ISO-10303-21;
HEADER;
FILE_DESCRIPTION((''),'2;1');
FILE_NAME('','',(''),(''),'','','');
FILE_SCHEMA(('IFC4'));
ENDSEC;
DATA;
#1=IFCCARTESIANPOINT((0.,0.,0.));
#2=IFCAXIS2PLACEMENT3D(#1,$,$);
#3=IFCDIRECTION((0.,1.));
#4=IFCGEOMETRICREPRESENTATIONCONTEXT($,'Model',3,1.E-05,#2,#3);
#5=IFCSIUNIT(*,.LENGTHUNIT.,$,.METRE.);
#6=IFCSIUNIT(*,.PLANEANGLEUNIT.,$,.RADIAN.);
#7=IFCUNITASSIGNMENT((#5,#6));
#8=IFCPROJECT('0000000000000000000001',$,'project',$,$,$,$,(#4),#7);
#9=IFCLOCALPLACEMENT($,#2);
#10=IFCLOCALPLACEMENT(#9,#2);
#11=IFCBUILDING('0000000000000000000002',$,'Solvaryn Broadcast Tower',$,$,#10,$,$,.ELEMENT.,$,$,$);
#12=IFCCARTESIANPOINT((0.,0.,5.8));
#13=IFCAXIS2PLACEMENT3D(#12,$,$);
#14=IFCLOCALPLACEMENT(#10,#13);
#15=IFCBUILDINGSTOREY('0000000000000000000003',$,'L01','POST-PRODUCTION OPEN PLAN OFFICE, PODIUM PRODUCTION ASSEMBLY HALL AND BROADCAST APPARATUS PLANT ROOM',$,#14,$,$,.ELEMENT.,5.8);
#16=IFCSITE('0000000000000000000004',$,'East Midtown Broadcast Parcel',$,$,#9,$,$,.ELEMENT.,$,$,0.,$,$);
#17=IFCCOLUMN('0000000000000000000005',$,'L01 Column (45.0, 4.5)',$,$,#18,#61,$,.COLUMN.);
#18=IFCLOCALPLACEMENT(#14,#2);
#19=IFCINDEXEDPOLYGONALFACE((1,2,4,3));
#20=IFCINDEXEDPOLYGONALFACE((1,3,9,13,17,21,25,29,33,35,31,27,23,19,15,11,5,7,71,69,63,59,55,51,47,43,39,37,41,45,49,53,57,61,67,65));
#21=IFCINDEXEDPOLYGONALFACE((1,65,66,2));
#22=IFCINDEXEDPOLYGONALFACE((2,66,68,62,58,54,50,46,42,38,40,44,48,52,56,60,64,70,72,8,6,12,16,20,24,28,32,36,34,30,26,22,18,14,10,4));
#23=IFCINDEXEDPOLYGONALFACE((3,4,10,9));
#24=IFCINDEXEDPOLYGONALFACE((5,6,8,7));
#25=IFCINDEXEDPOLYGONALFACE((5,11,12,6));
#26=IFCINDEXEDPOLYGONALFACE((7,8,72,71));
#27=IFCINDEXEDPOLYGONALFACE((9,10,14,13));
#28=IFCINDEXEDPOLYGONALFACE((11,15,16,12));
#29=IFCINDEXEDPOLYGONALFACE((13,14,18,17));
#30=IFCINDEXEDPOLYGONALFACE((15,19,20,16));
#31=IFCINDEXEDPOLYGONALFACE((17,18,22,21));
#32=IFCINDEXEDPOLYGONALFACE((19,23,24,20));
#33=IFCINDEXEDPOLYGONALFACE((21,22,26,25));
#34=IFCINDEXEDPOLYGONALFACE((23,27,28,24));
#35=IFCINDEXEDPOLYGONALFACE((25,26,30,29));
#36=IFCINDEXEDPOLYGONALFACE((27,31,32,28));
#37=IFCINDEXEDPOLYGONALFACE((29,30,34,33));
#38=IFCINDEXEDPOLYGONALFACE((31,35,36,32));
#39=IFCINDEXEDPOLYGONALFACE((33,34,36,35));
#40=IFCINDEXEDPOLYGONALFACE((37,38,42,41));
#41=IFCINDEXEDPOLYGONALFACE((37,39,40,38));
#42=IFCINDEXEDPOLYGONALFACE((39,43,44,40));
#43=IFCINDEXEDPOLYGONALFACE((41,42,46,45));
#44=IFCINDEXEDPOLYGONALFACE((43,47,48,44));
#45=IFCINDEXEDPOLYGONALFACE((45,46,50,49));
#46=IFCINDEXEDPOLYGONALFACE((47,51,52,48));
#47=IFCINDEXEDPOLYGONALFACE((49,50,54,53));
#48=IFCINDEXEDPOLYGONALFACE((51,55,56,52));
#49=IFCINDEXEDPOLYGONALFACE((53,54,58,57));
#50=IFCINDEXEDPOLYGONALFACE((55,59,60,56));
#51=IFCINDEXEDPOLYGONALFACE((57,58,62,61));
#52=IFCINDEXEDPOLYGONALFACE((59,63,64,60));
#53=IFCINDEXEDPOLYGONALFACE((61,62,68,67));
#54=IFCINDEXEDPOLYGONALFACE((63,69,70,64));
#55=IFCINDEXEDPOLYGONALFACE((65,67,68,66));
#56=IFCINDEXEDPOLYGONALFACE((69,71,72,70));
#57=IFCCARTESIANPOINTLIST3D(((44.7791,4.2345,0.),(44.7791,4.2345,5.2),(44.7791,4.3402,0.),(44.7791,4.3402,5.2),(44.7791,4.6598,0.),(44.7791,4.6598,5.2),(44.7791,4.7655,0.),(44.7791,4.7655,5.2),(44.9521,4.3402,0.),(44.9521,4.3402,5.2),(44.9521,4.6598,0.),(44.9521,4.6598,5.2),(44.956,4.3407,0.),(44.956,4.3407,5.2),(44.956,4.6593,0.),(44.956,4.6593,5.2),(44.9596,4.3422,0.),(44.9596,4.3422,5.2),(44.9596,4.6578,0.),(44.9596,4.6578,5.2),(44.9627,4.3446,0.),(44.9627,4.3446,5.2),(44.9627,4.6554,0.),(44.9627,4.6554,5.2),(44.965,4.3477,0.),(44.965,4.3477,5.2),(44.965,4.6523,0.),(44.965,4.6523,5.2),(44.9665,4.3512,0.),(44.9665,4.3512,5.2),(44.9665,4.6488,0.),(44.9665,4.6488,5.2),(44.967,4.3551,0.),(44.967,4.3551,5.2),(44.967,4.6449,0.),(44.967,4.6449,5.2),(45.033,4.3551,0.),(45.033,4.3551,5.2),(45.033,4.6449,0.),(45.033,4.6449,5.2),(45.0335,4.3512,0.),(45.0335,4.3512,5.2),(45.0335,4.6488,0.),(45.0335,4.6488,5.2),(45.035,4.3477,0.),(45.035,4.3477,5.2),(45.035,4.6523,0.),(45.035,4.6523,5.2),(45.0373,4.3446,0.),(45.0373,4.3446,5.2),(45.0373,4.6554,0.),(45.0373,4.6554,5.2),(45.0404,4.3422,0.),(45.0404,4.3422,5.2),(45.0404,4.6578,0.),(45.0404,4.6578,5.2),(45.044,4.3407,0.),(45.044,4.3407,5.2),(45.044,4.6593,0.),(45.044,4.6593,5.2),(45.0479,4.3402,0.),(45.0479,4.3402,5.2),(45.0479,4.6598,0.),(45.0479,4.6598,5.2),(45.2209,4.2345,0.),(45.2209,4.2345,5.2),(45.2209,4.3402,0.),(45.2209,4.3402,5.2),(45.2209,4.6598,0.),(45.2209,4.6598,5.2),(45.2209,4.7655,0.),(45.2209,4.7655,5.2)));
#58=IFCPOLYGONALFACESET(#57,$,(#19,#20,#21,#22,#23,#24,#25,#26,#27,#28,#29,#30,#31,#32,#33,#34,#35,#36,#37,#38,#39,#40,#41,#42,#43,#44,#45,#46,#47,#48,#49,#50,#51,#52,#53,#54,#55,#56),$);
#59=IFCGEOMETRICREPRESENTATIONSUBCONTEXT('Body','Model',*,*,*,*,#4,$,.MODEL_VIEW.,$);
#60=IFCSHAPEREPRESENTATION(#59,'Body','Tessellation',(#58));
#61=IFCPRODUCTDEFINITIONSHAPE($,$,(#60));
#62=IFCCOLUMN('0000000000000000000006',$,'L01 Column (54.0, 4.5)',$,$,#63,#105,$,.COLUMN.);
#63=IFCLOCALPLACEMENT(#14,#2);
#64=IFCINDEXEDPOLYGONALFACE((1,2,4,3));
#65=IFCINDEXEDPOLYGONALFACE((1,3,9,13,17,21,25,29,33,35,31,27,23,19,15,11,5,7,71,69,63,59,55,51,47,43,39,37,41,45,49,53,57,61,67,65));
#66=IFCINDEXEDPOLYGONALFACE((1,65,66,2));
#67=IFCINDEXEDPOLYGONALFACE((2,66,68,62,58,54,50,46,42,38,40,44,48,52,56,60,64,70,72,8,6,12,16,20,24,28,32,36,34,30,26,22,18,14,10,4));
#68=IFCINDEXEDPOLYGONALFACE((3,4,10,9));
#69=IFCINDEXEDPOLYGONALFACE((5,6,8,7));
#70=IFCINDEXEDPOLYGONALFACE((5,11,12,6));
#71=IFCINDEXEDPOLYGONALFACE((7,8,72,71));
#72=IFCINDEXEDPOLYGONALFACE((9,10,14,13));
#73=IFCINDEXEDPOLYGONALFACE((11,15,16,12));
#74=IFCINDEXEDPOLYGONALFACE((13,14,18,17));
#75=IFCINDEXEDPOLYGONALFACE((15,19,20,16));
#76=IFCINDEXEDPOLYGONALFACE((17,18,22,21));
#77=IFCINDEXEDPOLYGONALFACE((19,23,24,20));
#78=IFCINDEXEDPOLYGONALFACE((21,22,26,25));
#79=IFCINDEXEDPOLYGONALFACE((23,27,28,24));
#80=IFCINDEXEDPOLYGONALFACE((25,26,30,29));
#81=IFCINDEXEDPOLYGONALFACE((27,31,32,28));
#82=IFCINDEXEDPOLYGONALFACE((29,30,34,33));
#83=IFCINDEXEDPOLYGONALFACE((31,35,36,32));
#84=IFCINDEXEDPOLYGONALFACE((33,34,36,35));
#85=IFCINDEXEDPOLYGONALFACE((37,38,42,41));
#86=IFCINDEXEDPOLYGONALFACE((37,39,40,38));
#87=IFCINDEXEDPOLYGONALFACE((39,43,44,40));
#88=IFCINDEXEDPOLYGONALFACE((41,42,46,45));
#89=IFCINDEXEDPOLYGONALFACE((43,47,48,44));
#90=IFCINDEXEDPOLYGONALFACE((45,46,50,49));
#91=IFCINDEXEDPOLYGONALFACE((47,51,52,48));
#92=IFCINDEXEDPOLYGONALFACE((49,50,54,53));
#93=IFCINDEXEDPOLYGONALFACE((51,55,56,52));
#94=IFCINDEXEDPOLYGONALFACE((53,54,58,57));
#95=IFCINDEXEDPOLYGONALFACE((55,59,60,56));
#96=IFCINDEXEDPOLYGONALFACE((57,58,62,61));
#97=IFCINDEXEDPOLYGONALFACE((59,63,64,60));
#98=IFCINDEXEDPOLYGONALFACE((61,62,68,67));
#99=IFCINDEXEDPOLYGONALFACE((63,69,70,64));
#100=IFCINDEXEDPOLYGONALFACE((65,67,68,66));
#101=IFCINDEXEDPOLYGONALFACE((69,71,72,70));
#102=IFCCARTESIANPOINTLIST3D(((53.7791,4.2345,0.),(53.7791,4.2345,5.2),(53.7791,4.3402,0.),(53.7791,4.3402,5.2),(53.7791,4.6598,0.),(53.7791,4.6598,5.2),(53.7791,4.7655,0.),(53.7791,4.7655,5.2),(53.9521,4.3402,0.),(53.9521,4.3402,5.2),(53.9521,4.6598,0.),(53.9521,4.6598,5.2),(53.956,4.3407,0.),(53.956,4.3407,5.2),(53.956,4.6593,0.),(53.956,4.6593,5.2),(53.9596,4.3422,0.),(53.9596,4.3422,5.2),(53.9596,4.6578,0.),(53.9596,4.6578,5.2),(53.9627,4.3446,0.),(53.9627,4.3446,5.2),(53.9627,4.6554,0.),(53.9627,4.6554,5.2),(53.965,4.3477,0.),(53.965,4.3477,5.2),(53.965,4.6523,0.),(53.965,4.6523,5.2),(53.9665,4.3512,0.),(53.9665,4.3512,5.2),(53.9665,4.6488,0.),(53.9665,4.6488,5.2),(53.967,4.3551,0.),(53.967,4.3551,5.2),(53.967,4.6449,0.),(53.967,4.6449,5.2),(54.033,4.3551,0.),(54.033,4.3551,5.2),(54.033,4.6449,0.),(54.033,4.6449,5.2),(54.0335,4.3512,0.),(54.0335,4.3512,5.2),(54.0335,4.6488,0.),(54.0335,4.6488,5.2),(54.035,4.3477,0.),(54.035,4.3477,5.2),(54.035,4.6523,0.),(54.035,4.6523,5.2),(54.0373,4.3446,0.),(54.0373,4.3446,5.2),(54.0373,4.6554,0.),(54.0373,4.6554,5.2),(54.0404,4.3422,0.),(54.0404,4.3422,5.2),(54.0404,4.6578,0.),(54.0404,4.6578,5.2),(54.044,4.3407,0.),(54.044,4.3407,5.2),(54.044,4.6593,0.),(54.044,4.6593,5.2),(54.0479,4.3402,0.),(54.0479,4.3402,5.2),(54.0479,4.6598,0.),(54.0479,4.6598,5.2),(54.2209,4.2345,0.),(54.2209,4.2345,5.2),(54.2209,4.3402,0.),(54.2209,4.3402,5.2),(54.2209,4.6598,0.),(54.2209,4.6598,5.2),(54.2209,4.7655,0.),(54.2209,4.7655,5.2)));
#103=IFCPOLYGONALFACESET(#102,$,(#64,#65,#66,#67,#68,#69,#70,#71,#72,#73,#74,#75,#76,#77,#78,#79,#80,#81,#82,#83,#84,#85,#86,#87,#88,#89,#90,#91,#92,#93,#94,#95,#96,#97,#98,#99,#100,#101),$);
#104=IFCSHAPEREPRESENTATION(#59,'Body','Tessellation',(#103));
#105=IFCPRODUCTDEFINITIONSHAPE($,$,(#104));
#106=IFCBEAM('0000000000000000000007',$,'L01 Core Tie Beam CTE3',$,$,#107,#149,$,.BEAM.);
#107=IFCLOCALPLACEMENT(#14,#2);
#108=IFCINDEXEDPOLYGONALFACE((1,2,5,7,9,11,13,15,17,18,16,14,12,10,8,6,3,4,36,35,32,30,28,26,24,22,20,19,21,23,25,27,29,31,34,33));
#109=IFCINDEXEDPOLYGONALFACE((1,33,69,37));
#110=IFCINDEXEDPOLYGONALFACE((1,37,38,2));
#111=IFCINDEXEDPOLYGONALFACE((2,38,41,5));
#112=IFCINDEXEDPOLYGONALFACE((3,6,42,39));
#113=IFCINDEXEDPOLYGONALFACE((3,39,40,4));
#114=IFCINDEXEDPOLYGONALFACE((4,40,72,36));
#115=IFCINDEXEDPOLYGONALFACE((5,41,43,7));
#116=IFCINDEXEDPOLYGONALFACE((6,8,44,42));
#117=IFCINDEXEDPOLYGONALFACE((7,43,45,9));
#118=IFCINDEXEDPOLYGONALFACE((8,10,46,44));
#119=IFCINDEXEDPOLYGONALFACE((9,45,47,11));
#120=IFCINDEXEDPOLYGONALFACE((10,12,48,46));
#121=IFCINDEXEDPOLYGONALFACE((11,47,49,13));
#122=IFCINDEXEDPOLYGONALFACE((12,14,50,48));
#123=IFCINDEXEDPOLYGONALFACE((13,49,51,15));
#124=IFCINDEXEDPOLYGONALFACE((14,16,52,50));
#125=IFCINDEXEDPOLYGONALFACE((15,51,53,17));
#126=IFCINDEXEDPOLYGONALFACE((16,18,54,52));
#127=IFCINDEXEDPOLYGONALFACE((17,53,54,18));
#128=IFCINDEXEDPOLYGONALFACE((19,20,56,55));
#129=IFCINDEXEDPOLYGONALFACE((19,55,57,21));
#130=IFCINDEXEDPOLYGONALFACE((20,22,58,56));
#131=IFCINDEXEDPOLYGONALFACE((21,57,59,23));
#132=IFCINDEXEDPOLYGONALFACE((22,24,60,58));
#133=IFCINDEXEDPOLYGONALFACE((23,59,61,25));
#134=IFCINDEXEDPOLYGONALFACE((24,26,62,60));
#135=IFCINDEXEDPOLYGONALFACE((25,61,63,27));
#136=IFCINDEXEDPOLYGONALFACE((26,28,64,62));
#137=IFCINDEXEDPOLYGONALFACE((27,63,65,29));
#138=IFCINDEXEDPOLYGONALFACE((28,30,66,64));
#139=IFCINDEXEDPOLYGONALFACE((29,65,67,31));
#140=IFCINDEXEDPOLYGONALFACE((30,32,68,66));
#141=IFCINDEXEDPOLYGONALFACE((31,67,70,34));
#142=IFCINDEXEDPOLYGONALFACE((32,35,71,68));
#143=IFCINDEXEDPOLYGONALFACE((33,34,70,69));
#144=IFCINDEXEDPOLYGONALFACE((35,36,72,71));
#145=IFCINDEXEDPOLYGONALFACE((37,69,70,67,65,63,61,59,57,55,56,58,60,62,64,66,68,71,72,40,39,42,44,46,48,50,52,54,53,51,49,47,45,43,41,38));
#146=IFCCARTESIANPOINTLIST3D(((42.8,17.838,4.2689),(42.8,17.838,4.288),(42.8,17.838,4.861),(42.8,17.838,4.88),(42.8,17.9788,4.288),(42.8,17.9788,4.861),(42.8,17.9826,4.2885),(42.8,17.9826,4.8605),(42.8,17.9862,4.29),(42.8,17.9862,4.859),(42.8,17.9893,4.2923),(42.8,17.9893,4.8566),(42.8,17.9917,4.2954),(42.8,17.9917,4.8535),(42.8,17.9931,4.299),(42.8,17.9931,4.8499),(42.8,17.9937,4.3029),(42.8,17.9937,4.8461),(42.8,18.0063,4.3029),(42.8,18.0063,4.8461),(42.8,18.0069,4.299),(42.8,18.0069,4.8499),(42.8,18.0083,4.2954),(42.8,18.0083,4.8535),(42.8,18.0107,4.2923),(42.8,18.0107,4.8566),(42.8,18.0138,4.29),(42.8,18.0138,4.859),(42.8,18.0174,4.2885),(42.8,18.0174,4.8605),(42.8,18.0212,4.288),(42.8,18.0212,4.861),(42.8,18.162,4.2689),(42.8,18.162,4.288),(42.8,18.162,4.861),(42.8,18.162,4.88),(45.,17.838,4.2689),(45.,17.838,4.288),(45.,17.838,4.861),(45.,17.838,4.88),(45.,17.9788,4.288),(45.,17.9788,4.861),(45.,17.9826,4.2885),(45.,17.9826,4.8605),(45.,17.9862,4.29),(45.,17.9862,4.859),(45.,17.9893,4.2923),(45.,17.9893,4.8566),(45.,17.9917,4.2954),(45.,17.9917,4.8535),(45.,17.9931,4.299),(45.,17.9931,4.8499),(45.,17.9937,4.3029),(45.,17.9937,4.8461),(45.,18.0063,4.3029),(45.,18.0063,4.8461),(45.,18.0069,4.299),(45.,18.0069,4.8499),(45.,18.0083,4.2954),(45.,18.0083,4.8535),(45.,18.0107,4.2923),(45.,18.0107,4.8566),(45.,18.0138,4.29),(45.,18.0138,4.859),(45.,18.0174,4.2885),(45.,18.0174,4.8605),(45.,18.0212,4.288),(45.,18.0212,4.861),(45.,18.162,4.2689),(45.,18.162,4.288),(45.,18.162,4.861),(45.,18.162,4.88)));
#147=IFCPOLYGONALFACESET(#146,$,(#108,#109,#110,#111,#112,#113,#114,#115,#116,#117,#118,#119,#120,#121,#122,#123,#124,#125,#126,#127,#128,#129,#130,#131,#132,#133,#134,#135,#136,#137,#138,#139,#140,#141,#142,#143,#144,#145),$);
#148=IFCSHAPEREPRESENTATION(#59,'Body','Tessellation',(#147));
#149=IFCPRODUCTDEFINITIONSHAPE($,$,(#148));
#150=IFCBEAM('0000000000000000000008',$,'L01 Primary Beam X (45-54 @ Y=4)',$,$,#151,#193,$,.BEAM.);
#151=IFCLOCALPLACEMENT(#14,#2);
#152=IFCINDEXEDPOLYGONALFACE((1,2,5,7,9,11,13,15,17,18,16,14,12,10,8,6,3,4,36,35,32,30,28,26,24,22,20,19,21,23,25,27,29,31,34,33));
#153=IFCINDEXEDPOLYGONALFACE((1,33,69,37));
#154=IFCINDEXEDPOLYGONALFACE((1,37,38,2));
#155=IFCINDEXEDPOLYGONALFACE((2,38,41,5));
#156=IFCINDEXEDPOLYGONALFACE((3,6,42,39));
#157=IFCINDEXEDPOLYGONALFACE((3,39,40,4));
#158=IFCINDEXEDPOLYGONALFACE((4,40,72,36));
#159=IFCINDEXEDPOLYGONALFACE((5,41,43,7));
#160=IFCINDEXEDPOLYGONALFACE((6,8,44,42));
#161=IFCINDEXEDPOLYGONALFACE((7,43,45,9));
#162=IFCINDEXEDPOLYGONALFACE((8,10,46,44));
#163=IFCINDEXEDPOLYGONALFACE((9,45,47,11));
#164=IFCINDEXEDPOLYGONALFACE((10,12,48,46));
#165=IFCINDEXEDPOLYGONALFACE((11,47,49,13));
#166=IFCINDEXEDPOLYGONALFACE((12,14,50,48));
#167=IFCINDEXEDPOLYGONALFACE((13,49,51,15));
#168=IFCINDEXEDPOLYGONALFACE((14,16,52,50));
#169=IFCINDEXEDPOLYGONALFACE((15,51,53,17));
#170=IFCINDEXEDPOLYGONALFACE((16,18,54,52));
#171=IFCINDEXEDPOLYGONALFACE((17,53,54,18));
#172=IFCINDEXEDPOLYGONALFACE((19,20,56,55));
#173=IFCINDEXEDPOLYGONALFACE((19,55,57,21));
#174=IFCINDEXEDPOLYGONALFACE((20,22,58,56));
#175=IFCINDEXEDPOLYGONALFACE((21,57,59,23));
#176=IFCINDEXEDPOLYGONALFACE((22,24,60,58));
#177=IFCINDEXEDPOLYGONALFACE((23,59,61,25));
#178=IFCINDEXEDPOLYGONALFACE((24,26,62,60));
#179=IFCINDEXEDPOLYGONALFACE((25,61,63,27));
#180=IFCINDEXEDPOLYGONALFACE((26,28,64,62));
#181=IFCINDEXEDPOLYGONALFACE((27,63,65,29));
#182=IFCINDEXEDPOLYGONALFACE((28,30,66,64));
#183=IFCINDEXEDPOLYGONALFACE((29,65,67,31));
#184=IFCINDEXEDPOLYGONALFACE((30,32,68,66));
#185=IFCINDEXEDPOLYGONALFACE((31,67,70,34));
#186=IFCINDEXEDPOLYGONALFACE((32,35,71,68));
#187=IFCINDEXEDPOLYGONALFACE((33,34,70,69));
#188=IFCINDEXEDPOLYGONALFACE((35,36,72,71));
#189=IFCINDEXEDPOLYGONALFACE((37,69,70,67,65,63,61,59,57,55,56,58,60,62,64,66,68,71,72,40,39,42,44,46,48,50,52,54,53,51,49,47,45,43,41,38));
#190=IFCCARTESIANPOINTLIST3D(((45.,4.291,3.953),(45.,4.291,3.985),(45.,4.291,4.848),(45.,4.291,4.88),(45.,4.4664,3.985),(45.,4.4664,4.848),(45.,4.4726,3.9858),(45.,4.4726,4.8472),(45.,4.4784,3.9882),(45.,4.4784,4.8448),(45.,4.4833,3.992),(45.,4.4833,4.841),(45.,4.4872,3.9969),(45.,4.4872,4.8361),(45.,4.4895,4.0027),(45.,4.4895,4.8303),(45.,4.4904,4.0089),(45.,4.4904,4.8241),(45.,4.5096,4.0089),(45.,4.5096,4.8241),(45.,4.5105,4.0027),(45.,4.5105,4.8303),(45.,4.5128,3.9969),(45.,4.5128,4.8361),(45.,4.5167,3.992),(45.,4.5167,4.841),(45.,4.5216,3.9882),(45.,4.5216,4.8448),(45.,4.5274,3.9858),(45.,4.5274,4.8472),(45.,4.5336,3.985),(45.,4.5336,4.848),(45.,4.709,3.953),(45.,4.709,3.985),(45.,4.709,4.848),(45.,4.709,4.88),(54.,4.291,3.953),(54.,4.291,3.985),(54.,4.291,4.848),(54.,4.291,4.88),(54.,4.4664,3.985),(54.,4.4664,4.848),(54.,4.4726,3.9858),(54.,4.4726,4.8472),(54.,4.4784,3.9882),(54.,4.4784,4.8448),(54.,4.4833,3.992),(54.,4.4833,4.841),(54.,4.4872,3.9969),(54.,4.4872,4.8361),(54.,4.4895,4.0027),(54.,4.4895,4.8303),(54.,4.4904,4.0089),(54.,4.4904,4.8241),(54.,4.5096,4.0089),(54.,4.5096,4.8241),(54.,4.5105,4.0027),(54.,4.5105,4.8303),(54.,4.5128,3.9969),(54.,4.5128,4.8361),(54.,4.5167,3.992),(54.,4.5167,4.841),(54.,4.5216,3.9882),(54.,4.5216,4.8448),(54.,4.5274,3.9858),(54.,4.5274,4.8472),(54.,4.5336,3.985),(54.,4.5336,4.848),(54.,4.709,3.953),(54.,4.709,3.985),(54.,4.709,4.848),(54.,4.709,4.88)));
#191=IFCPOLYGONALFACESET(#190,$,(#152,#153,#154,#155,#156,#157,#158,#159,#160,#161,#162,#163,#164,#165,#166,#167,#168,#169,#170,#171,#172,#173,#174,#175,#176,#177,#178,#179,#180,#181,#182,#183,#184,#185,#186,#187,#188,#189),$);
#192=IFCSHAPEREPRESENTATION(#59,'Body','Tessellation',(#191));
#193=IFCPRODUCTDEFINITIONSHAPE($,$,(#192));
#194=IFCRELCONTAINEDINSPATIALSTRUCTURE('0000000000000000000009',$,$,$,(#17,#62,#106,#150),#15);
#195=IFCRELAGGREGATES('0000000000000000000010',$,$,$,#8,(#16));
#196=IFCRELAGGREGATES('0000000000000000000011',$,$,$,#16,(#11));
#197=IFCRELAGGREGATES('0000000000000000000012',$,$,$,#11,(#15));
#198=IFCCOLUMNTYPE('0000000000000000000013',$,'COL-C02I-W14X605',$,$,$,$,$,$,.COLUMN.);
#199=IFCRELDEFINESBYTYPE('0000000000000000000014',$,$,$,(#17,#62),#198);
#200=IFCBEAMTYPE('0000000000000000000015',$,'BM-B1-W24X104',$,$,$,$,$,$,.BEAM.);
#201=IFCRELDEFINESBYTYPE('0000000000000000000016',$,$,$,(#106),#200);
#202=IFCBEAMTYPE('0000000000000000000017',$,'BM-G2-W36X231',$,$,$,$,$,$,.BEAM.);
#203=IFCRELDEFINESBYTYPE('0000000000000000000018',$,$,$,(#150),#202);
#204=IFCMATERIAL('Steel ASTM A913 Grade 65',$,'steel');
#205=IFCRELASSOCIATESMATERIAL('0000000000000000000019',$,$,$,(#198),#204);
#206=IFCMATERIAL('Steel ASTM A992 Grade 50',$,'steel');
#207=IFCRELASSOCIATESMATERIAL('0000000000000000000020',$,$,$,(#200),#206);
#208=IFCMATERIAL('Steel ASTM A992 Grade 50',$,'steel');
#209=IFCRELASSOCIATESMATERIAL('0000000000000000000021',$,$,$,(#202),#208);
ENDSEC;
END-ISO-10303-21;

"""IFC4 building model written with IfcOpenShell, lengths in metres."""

from ifc_helpers import new_model, si_unit, direction, frame, origin, origin_2d, place, context, subcontext, project, spatial, i_section, extrude, material, material_profile, profile_set, type_object, element, save


model = new_model("IFC4")

# Units and contexts
model_context = context("Model", 3, precision=1e-05, world=origin(), true_north=direction((0.0, 1.0)))
body_context = subcontext(model_context, "Body", "Model", "MODEL_VIEW")
ifc_project = project(units=[si_unit("LENGTHUNIT", "METRE"), si_unit("PLANEANGLEUNIT", "RADIAN")], contexts=[model_context])

# Site, building, storey
site_placement = place(None, origin())
site = spatial("IfcSite", under=ifc_project, at=site_placement, Name="East Midtown Broadcast Parcel", CompositionType="ELEMENT", RefElevation=0.0)
building_placement = place(site_placement, origin())
building = spatial("IfcBuilding", under=site, at=building_placement, Name="Solvaryn Broadcast Tower", CompositionType="ELEMENT")
storey_placement = place(building_placement, frame((0.0, 0.0, 5.8)))
storey = spatial("IfcBuildingStorey", under=building, at=storey_placement, Name="L01", Description="POST-PRODUCTION OPEN PLAN OFFICE, PODIUM PRODUCTION ASSEMBLY HALL AND BROADCAST APPARATUS PLANT ROOM", CompositionType="ELEMENT", Elevation=5.8)

# Columns
ifc_material_1 = material(Name="Steel ASTM A913 Grade 65", Category="steel")
ifc_material_profile_1 = material_profile(ifc_material_1, i_section(OverallWidth=0.4419, OverallDepth=0.531, WebThickness=0.0659, FlangeThickness=0.1057, FilletRadius=0.0149, at=origin_2d()))
ifc_profile_set_1 = profile_set([ifc_material_profile_1], Name="Steel ASTM A913 Grade 65")
column_type = type_object("IfcColumnType", Name="COL-C02I-W14X605", PredefinedType="COLUMN", material=ifc_profile_set_1)
for number, where, z_axis, x_axis, name in (
    (1, (45.0, 4.5, 0.0), (0.0, 0.0, 1.0), (1.0, 0.0, 0.0), "L01 Column (45.0, 4.5)"),
    (2, (54.0, 4.5, 0.0), (0.0, 0.0, 1.0), (1.0, 0.0, 0.0), "L01 Column (54.0, 4.5)"),
):
    element("IfcColumn", number, at=place(storey_placement, frame(where, z_axis=z_axis, x_axis=x_axis)), inside=storey, type_object=column_type, Name=name, PredefinedType="COLUMN", context=body_context, shape_type="SweptSolid", body=[
        extrude(i_section(OverallWidth=0.4419, OverallDepth=0.531, WebThickness=0.0659, FlangeThickness=0.1057, FilletRadius=0.0149, at=origin_2d()), origin(), (0.0, 0.0, 1.0), 5.2),
    ])

# Beams
ifc_material_2 = material(Name="Steel ASTM A992 Grade 50", Category="steel")
ifc_material_profile_2 = material_profile(ifc_material_2, i_section(OverallWidth=0.324, OverallDepth=0.6111, WebThickness=0.0127, FlangeThickness=0.019, FilletRadius=0.0149, at=origin_2d()))
ifc_profile_set_2 = profile_set([ifc_material_profile_2], Name="Steel ASTM A992 Grade 50")
beam_type_1 = type_object("IfcBeamType", Name="BM-B1-W24X104", PredefinedType="BEAM", material=ifc_profile_set_2)
beam_1_placement = place(storey_placement, frame((42.8, 18.0, 4.5745), z_axis=(1.0, 0.0, 0.0), x_axis=(0.0, 1.0, 0.0)))
element("IfcBeam", 3, at=beam_1_placement, inside=storey, type_object=beam_type_1, Name="L01 Core Tie Beam CTE3", PredefinedType="BEAM", context=body_context, shape_type="SweptSolid", body=[
    extrude(i_section(OverallWidth=0.324, OverallDepth=0.6111, WebThickness=0.0127, FlangeThickness=0.019, FilletRadius=0.0149, at=origin_2d()), origin(), (0.0, 0.0, 1.0), 2.2),
])
ifc_material_3 = material(Name="Steel ASTM A992 Grade 50", Category="steel")
ifc_material_profile_3 = material_profile(ifc_material_3, i_section(OverallWidth=0.418, OverallDepth=0.927, WebThickness=0.0193, FlangeThickness=0.032, FilletRadius=0.0239, at=origin_2d()))
ifc_profile_set_3 = profile_set([ifc_material_profile_3], Name="Steel ASTM A992 Grade 50")
beam_type_2 = type_object("IfcBeamType", Name="BM-G2-W36X231", PredefinedType="BEAM", material=ifc_profile_set_3)
for number, where, z_axis, x_axis, name in (
    (4, (45.0, 4.5, 4.4165), (1.0, 0.0, 0.0), (0.0, 1.0, 0.0), "L01 Primary Beam X (45-54 @ Y=4)"),
):
    element("IfcBeam", number, at=place(storey_placement, frame(where, z_axis=z_axis, x_axis=x_axis)), inside=storey, type_object=beam_type_2, Name=name, PredefinedType="BEAM", context=body_context, shape_type="SweptSolid", body=[
        extrude(i_section(OverallWidth=0.418, OverallDepth=0.927, WebThickness=0.0193, FlangeThickness=0.032, FilletRadius=0.0239, at=origin_2d()), origin(), (0.0, 0.0, 1.0), 9.0),
    ])

save(model, "model.ifc")
